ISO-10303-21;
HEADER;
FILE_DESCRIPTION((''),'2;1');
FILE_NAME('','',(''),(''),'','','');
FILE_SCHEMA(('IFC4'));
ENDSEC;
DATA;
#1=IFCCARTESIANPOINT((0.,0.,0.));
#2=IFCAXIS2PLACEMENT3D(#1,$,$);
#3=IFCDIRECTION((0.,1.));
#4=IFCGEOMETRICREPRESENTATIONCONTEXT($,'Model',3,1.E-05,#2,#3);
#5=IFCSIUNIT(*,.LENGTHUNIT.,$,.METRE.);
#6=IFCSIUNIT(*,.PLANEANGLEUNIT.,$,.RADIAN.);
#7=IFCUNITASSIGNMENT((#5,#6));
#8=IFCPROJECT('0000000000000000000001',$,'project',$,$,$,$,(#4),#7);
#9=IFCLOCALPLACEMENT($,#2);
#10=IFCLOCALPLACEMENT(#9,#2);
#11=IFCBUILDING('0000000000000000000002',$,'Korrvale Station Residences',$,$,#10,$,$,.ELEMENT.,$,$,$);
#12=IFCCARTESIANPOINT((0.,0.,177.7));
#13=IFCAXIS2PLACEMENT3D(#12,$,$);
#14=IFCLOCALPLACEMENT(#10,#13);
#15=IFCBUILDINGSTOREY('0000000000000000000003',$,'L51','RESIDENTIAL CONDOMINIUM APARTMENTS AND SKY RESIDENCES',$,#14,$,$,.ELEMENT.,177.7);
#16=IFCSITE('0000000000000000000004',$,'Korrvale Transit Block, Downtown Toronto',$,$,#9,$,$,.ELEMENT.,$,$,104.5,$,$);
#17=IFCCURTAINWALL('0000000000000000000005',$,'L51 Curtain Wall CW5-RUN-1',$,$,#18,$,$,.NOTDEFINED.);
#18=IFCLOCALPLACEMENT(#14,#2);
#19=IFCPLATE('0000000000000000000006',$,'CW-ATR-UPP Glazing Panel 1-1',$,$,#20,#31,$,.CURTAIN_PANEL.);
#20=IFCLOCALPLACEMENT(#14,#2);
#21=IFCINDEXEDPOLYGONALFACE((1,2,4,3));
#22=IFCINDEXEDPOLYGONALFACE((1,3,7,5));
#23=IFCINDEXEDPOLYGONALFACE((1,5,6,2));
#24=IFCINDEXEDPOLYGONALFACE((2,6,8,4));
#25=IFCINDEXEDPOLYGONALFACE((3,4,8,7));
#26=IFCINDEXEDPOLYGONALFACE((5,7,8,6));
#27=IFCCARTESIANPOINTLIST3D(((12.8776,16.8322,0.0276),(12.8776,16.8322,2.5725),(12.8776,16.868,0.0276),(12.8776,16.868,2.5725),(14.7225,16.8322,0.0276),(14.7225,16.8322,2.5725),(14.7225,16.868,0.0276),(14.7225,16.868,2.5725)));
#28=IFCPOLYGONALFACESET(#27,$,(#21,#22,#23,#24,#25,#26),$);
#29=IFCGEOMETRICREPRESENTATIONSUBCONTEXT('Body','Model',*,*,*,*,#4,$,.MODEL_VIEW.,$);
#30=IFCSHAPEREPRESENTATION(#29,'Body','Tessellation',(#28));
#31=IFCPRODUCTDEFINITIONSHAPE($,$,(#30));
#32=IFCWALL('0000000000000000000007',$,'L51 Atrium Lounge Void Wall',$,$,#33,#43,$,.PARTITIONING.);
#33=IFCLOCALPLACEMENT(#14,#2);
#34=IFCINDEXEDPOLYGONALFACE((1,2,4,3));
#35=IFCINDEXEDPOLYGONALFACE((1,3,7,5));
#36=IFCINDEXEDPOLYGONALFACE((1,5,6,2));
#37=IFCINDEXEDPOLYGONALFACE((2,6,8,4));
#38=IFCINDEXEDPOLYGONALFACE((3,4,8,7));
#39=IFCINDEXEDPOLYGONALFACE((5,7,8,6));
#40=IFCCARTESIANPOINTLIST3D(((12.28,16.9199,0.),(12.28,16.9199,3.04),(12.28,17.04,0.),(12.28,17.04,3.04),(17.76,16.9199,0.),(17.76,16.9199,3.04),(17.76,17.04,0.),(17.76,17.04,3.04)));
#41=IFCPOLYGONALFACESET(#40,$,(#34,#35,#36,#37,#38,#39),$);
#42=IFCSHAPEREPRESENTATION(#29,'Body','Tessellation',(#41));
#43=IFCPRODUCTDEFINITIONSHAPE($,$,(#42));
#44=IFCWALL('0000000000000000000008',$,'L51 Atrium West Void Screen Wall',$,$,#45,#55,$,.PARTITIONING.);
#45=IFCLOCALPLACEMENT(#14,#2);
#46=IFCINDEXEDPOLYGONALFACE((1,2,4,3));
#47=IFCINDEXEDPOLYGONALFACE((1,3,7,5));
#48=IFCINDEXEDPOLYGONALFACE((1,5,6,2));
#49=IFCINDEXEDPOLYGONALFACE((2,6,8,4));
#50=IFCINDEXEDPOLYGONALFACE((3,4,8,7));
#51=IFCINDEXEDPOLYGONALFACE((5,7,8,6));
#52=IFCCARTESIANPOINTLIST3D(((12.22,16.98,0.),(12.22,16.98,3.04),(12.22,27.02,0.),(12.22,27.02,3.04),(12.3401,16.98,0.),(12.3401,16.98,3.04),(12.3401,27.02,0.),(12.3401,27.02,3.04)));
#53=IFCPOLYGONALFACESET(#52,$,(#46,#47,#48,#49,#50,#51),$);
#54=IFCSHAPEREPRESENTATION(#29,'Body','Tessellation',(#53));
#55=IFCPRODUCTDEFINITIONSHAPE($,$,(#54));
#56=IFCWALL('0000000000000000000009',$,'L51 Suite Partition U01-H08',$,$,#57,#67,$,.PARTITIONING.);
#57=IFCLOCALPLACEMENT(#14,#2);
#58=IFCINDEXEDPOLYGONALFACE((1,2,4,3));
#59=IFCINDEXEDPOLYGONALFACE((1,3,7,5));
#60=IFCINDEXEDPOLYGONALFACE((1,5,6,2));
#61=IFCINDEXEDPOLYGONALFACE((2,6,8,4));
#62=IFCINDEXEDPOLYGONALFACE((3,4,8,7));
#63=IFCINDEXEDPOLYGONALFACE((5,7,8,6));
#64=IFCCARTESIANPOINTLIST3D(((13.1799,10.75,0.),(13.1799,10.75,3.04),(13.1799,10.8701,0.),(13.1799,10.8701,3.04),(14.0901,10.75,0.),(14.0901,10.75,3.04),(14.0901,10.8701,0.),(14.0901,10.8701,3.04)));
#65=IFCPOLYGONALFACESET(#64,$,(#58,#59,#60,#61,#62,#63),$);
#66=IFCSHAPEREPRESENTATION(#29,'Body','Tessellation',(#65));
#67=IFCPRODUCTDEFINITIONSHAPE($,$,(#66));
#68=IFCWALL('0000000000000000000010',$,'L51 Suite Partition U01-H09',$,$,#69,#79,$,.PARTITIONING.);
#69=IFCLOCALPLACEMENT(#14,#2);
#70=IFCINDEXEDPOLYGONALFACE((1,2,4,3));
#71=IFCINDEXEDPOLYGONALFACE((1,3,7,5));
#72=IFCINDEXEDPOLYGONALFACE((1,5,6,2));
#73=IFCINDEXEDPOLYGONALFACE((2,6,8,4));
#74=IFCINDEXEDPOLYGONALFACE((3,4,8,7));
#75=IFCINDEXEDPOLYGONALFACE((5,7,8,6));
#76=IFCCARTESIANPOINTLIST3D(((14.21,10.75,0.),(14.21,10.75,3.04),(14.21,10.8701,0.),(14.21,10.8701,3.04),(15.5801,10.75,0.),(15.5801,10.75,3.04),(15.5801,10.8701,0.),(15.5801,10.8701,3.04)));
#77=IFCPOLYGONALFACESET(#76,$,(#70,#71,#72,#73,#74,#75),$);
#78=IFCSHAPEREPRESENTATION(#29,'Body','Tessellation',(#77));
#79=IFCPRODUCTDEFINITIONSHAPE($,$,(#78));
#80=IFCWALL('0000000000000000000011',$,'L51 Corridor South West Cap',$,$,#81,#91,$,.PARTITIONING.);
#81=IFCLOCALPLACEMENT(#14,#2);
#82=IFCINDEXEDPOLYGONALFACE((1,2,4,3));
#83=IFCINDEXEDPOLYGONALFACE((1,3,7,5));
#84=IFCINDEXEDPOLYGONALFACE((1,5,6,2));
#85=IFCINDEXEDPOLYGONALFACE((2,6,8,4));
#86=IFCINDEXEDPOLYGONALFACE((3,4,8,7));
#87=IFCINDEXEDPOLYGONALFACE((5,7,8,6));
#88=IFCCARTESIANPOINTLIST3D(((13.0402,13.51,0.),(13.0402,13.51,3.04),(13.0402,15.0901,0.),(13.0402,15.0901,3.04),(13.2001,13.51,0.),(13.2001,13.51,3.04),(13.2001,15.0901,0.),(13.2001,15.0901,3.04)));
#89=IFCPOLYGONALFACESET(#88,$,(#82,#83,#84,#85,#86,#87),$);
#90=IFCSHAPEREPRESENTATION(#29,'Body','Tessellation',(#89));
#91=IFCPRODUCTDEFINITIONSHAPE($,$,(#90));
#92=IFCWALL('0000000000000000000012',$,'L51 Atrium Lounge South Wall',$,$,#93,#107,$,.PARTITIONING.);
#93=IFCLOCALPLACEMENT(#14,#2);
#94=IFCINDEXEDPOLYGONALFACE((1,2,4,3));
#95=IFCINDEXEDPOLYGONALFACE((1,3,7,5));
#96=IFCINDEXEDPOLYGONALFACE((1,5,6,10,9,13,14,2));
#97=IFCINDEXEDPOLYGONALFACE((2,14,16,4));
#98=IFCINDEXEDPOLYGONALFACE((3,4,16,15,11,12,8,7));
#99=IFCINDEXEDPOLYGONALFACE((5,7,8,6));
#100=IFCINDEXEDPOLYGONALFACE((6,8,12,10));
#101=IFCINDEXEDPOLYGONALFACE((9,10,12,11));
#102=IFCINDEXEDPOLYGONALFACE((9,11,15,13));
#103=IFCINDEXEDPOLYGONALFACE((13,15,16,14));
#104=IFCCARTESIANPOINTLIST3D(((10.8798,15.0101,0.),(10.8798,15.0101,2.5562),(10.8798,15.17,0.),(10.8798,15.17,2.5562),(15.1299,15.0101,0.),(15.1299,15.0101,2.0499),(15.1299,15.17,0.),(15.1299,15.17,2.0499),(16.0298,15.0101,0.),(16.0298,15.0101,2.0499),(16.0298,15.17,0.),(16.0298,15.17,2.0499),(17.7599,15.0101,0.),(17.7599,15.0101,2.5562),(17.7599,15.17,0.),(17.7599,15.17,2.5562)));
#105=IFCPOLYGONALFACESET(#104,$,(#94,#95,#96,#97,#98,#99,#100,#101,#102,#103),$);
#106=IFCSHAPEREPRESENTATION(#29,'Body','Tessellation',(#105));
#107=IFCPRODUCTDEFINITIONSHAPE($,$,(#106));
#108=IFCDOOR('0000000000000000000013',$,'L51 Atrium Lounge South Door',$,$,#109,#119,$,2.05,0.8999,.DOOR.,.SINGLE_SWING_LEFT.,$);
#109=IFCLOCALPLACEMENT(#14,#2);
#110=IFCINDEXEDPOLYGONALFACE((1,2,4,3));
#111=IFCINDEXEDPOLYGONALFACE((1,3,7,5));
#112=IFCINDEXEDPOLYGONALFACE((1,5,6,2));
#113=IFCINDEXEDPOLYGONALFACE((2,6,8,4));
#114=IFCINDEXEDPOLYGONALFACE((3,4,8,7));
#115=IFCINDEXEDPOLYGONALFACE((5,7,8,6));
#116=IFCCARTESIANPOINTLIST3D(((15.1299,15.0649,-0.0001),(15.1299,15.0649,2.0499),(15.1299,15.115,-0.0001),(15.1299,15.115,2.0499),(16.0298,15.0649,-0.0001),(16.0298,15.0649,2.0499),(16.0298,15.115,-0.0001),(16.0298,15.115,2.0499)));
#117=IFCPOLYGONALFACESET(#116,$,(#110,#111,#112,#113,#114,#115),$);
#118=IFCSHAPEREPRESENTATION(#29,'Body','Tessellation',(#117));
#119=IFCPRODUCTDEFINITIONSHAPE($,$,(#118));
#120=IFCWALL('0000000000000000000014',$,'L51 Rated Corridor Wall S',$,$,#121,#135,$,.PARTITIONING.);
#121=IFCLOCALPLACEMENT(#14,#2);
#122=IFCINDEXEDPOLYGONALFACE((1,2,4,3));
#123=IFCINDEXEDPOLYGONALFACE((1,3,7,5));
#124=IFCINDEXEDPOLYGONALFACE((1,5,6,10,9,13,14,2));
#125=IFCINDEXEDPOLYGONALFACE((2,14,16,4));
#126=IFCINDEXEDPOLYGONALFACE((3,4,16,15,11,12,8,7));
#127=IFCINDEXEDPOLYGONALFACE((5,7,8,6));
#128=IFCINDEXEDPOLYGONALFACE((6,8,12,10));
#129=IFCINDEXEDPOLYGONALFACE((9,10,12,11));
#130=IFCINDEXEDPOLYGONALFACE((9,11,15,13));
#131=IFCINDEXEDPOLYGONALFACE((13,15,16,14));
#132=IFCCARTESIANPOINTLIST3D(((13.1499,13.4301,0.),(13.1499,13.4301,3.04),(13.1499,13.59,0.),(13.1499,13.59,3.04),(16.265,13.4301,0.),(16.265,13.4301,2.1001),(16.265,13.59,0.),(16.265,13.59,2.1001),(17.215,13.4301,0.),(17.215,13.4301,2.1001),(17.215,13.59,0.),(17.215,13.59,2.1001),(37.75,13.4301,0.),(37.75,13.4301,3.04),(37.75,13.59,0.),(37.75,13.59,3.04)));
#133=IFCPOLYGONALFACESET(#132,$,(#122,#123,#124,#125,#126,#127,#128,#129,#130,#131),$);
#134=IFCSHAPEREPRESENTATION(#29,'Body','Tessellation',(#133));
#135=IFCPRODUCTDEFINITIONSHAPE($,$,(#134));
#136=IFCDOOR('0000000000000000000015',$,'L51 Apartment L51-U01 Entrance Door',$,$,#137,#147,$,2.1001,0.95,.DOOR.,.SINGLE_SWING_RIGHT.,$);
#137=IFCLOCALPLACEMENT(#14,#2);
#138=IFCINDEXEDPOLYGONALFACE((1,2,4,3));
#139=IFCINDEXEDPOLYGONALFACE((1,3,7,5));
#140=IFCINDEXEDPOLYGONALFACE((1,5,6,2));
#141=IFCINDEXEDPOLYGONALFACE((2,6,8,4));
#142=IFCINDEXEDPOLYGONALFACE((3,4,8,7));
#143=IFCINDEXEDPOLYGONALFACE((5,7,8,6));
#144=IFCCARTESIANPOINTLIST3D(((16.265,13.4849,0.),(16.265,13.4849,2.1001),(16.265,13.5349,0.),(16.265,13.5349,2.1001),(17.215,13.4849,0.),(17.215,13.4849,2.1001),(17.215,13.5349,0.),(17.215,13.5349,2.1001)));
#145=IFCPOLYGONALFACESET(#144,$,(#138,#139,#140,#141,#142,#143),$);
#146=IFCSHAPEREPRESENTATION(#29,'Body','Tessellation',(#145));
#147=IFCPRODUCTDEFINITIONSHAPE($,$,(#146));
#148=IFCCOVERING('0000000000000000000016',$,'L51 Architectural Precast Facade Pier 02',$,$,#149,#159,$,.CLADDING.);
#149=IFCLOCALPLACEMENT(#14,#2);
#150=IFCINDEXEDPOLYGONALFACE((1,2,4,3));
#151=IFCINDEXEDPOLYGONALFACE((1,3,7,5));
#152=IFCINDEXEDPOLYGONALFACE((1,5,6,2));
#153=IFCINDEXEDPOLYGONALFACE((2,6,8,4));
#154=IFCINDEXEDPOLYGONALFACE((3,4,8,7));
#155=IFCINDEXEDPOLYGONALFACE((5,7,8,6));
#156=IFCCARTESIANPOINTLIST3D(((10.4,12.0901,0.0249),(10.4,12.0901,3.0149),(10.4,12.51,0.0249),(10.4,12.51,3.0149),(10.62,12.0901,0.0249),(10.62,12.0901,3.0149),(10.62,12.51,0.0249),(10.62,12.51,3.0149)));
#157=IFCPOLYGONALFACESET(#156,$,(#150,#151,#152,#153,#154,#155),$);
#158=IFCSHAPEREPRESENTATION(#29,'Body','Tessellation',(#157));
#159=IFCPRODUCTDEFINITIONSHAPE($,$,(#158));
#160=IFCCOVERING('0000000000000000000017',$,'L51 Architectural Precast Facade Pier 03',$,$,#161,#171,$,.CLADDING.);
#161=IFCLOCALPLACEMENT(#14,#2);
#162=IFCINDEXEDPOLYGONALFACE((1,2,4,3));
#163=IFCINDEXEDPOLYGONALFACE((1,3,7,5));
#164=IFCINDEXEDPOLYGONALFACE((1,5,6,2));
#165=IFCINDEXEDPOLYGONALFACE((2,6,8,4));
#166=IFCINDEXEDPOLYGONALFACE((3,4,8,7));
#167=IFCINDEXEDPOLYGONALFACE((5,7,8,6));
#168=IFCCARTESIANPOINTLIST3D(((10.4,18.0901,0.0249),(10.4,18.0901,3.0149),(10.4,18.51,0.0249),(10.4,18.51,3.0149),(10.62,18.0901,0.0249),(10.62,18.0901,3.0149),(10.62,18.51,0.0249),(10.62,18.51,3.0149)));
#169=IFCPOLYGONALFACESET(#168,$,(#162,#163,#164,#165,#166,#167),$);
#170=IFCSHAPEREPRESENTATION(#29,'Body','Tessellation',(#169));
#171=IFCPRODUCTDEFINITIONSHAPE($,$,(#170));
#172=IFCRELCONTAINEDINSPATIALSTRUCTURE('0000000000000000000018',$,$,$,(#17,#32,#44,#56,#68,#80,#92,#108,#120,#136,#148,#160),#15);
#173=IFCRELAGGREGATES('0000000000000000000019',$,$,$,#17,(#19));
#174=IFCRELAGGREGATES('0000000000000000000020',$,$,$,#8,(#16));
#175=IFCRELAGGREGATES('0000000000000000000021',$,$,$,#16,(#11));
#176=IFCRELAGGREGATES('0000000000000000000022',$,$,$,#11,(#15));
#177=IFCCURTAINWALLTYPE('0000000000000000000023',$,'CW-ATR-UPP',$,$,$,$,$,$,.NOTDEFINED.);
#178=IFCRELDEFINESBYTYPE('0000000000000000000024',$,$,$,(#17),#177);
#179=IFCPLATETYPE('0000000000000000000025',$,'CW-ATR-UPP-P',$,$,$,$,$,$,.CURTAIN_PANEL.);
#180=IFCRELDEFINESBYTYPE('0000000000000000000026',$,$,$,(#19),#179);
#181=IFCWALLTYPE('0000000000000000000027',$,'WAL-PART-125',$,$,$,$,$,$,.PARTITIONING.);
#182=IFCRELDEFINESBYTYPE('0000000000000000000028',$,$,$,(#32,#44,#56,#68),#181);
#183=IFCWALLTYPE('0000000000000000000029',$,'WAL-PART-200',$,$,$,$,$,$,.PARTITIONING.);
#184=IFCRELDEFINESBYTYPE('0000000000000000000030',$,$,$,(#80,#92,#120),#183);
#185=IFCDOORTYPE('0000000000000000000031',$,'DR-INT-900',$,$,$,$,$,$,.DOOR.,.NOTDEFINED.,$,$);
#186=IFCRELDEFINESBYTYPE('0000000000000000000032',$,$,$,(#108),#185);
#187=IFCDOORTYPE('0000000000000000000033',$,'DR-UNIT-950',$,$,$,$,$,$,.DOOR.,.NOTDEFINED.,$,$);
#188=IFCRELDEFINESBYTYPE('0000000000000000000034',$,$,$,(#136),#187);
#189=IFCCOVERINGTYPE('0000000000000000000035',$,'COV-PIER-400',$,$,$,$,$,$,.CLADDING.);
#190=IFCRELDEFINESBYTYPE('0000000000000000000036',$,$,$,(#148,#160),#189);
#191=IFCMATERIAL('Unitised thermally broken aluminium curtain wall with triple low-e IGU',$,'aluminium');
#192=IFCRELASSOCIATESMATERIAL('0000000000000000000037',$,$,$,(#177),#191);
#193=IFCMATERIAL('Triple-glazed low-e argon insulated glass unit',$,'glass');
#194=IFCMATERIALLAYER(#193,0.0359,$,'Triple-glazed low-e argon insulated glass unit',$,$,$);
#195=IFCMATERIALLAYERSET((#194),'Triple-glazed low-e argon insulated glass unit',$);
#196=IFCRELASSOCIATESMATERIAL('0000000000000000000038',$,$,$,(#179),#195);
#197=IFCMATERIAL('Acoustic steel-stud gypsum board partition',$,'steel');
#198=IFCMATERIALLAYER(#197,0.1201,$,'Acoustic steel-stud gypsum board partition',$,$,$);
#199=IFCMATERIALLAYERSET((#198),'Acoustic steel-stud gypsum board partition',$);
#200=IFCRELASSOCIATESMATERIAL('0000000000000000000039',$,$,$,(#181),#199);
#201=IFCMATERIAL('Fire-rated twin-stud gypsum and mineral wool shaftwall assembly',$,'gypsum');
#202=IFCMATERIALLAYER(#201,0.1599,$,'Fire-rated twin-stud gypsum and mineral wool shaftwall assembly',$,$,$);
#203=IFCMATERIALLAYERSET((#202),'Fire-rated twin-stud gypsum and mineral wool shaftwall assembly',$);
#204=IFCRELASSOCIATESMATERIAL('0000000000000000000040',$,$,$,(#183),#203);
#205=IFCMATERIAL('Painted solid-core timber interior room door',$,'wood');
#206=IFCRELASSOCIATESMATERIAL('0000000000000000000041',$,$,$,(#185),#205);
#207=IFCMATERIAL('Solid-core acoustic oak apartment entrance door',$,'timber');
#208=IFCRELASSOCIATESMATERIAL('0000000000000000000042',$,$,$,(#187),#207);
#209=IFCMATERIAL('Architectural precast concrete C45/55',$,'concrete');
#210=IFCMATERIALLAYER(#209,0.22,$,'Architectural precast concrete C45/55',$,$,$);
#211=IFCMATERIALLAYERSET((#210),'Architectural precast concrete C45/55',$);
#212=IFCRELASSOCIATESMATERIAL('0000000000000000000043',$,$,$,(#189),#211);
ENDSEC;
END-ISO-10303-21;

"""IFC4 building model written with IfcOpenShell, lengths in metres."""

from ifc_helpers import new_model, si_unit, direction, frame, frame_2d, origin, origin_2d, place, context, subcontext, project, spatial, rectangle, extrude, material, layer, layer_set, type_object, element, fill, aggregate, save


model = new_model("IFC4")

# Units and contexts
model_context = context("Model", 3, precision=1e-05, world=origin(), true_north=direction((0.0, 1.0)))
body_context = subcontext(model_context, "Body", "Model", "MODEL_VIEW")
ifc_project = project(units=[si_unit("LENGTHUNIT", "METRE"), si_unit("PLANEANGLEUNIT", "RADIAN")], contexts=[model_context])

# Site, building, storey
site_placement = place(None, origin())
site = spatial("IfcSite", under=ifc_project, at=site_placement, Name="Korrvale Transit Block, Downtown Toronto", CompositionType="ELEMENT", RefElevation=104.5)
building_placement = place(site_placement, origin())
building = spatial("IfcBuilding", under=site, at=building_placement, Name="Korrvale Station Residences", CompositionType="ELEMENT")
storey_placement = place(building_placement, frame((0.0, 0.0, 177.7)))
storey = spatial("IfcBuildingStorey", under=building, at=storey_placement, Name="L51", Description="RESIDENTIAL CONDOMINIUM APARTMENTS AND SKY RESIDENCES", CompositionType="ELEMENT", Elevation=177.7)

# Curtain wall, plate
ifc_material_1 = material(Name="Unitised thermally broken aluminium curtain wall with triple low-e IGU", Category="aluminium")
curtain_wall_type = type_object("IfcCurtainWallType", Name="CW-ATR-UPP", PredefinedType="NOTDEFINED", material=ifc_material_1)
curtain_wall_placement = place(storey_placement, origin())
curtain_wall = element("IfcCurtainWall", 1, at=curtain_wall_placement, inside=storey, type_object=curtain_wall_type, Name="L51 Curtain Wall CW5-RUN-1", PredefinedType="NOTDEFINED")
ifc_material_2 = material(Name="Triple-glazed low-e argon insulated glass unit", Category="glass")
ifc_layer_1 = layer(ifc_material_2, 0.0359, Name="Triple-glazed low-e argon insulated glass unit")
ifc_layer_set_1 = layer_set([ifc_layer_1], Name="Triple-glazed low-e argon insulated glass unit")
plate_type = type_object("IfcPlateType", Name="CW-ATR-UPP-P", PredefinedType="CURTAIN_PANEL", material=ifc_layer_set_1)
plate_placement = place(storey_placement, frame((13.8, 16.8501, 0.0276), z_axis=(0.0, 0.0, 1.0), x_axis=(1.0, 0.0, 0.0)))
plate = element("IfcPlate", 2, at=plate_placement, type_object=plate_type, Name="CW-ATR-UPP Glazing Panel 1-1", PredefinedType="CURTAIN_PANEL", context=body_context, shape_type="SweptSolid", body=[
    extrude(rectangle(XDim=1.845, YDim=0.0359, at=origin_2d()), origin(), (0.0, 0.0, 1.0), 2.5449),
])
aggregate(curtain_wall, [plate])

# Walls
ifc_material_3 = material(Name="Acoustic steel-stud gypsum board partition", Category="steel")
ifc_layer_2 = layer(ifc_material_3, 0.1201, Name="Acoustic steel-stud gypsum board partition")
ifc_layer_set_2 = layer_set([ifc_layer_2], Name="Acoustic steel-stud gypsum board partition")
wall_type_1 = type_object("IfcWallType", Name="WAL-PART-125", PredefinedType="PARTITIONING", material=ifc_layer_set_2)
wall_1_placement = place(storey_placement, frame((12.28, 16.98, 0.0), z_axis=(0.0, 0.0, 1.0), x_axis=(1.0, 0.0, 0.0)))
element("IfcWall", 3, at=wall_1_placement, inside=storey, type_object=wall_type_1, Name="L51 Atrium Lounge Void Wall", PredefinedType="PARTITIONING", context=body_context, shape_type="SweptSolid", body=[
    extrude(rectangle(XDim=5.48, YDim=0.1201, at=frame_2d((2.74, 0.0))), origin(), (0.0, 0.0, 1.0), 3.04),
])
wall_2_placement = place(storey_placement, frame((12.28, 16.98, 0.0), z_axis=(0.0, 0.0, 1.0), x_axis=(0.0, 1.0, 0.0)))
element("IfcWall", 4, at=wall_2_placement, inside=storey, type_object=wall_type_1, Name="L51 Atrium West Void Screen Wall", PredefinedType="PARTITIONING", context=body_context, shape_type="SweptSolid", body=[
    extrude(rectangle(XDim=10.04, YDim=0.1201, at=frame_2d((5.02, 0.0))), origin(), (0.0, 0.0, 1.0), 3.04),
])
wall_3_placement = place(storey_placement, frame((13.1799, 10.8101, 0.0), z_axis=(0.0, 0.0, 1.0), x_axis=(1.0, 0.0, 0.0)))
element("IfcWall", 5, at=wall_3_placement, inside=storey, type_object=wall_type_1, Name="L51 Suite Partition U01-H08", PredefinedType="PARTITIONING", context=body_context, shape_type="SweptSolid", body=[
    extrude(rectangle(XDim=0.9102, YDim=0.1201, at=frame_2d((0.4551, 0.0))), origin(), (0.0, 0.0, 1.0), 3.04),
])
wall_4_placement = place(storey_placement, frame((14.21, 10.8101, 0.0), z_axis=(0.0, 0.0, 1.0), x_axis=(1.0, 0.0, 0.0)))
element("IfcWall", 6, at=wall_4_placement, inside=storey, type_object=wall_type_1, Name="L51 Suite Partition U01-H09", PredefinedType="PARTITIONING", context=body_context, shape_type="SweptSolid", body=[
    extrude(rectangle(XDim=1.3701, YDim=0.1201, at=frame_2d((0.6851, 0.0))), origin(), (0.0, 0.0, 1.0), 3.04),
])
ifc_material_4 = material(Name="Fire-rated twin-stud gypsum and mineral wool shaftwall assembly", Category="gypsum")
ifc_layer_3 = layer(ifc_material_4, 0.1599, Name="Fire-rated twin-stud gypsum and mineral wool shaftwall assembly")
ifc_layer_set_3 = layer_set([ifc_layer_3], Name="Fire-rated twin-stud gypsum and mineral wool shaftwall assembly")
wall_type_2 = type_object("IfcWallType", Name="WAL-PART-200", PredefinedType="PARTITIONING", material=ifc_layer_set_3)
wall_5_placement = place(storey_placement, frame((13.1201, 13.51, 0.0), z_axis=(0.0, 0.0, 1.0), x_axis=(0.0, 1.0, 0.0)))
element("IfcWall", 7, at=wall_5_placement, inside=storey, type_object=wall_type_2, Name="L51 Corridor South West Cap", PredefinedType="PARTITIONING", context=body_context, shape_type="SweptSolid", body=[
    extrude(rectangle(XDim=1.5801, YDim=0.1599, at=frame_2d((0.79, 0.0))), origin(), (0.0, 0.0, 1.0), 3.04),
])

# Walls, openings, doors
wall_6_placement = place(storey_placement, frame((10.8799, 15.0901, 0.0), z_axis=(0.0, 0.0, 1.0), x_axis=(1.0, 0.0, 0.0)))
wall_6 = element("IfcWall", 8, at=wall_6_placement, inside=storey, type_object=wall_type_2, Name="L51 Atrium Lounge South Wall", PredefinedType="PARTITIONING", context=body_context, shape_type="SweptSolid", body=[
    extrude(rectangle(XDim=6.8801, YDim=0.1599, at=frame_2d((3.4399, 0.0))), origin(), (0.0, 0.0, 1.0), 2.5562),
])
opening_1_placement = place(wall_6_placement, frame((4.25, 0.0, 0.0)))
opening_1 = element("IfcOpeningElement", 9, at=opening_1_placement, cuts=wall_6, PredefinedType="OPENING", context=body_context, shape_type="SweptSolid", body=[
    extrude(rectangle(XDim=0.8999, YDim=2.05, at=frame_2d((0.45, 1.0249))), frame((0.0, 0.0898, 0.0), z_axis=(0.0, -1.0, 0.0), x_axis=(1.0, 0.0, 0.0)), (0.0, 0.0, 1.0), 0.1799),
])
ifc_material_5 = material(Name="Painted solid-core timber interior room door", Category="wood")
door_type_1 = type_object("IfcDoorType", Name="DR-INT-900", OperationType="NOTDEFINED", PredefinedType="DOOR", material=ifc_material_5)
door_1_placement = place(opening_1_placement, origin())
door_1 = element("IfcDoor", 10, at=door_1_placement, inside=storey, type_object=door_type_1, Name="L51 Atrium Lounge South Door", OperationType="SINGLE_SWING_LEFT", OverallHeight=2.05, OverallWidth=0.8999, PredefinedType="DOOR", context=body_context, shape_type="SweptSolid", body=[
    extrude(rectangle(XDim=0.8999, YDim=2.05, at=frame_2d((0.45, 1.0249))), frame((0.0, 0.0249, 0.0), z_axis=(0.0, -1.0, 0.0), x_axis=(1.0, 0.0, 0.0)), (0.0, 0.0, 1.0), 0.05),
])
fill(opening_1, door_1)
wall_7_placement = place(storey_placement, frame((13.1499, 13.51, 0.0), z_axis=(0.0, 0.0, 1.0), x_axis=(1.0, 0.0, 0.0)))
wall_7 = element("IfcWall", 11, at=wall_7_placement, inside=storey, type_object=wall_type_2, Name="L51 Rated Corridor Wall S", PredefinedType="PARTITIONING", context=body_context, shape_type="SweptSolid", body=[
    extrude(rectangle(XDim=24.6001, YDim=0.1599, at=frame_2d((12.3, 0.0))), origin(), (0.0, 0.0, 1.0), 3.04),
])
opening_2_placement = place(wall_7_placement, frame((3.115, 0.0, 0.0)))
opening_2 = element("IfcOpeningElement", 12, at=opening_2_placement, cuts=wall_7, PredefinedType="OPENING", context=body_context, shape_type="SweptSolid", body=[
    extrude(rectangle(XDim=0.95, YDim=2.1001, at=frame_2d((0.4751, 1.05))), frame((0.0, 0.0898, 0.0), z_axis=(0.0, -1.0, 0.0), x_axis=(1.0, 0.0, 0.0)), (0.0, 0.0, 1.0), 0.1799),
])
ifc_material_6 = material(Name="Solid-core acoustic oak apartment entrance door", Category="timber")
door_type_2 = type_object("IfcDoorType", Name="DR-UNIT-950", OperationType="NOTDEFINED", PredefinedType="DOOR", material=ifc_material_6)
door_2_placement = place(opening_2_placement, origin())
door_2 = element("IfcDoor", 13, at=door_2_placement, inside=storey, type_object=door_type_2, Name="L51 Apartment L51-U01 Entrance Door", OperationType="SINGLE_SWING_RIGHT", OverallHeight=2.1001, OverallWidth=0.95, PredefinedType="DOOR", context=body_context, shape_type="SweptSolid", body=[
    extrude(rectangle(XDim=0.95, YDim=2.1001, at=frame_2d((0.4751, 1.05))), frame((0.0, 0.0249, 0.0), z_axis=(0.0, -1.0, 0.0), x_axis=(1.0, 0.0, 0.0)), (0.0, 0.0, 1.0), 0.05),
])
fill(opening_2, door_2)

# Coverings
ifc_material_7 = material(Name="Architectural precast concrete C45/55", Category="concrete")
ifc_layer_4 = layer(ifc_material_7, 0.22, Name="Architectural precast concrete C45/55")
ifc_layer_set_4 = layer_set([ifc_layer_4], Name="Architectural precast concrete C45/55")
covering_type = type_object("IfcCoveringType", Name="COV-PIER-400", PredefinedType="CLADDING", material=ifc_layer_set_4)
for number, where, z_axis, x_axis, name in (
    (14, (10.51, 12.3, 0.0249), (0.0, 0.0, 1.0), (0.0, 1.0, 0.0), "L51 Architectural Precast Facade Pier 02"),
    (15, (10.51, 18.3, 0.0249), (0.0, 0.0, 1.0), (0.0, 1.0, 0.0), "L51 Architectural Precast Facade Pier 03"),
):
    element("IfcCovering", number, at=place(storey_placement, frame(where, z_axis=z_axis, x_axis=x_axis)), inside=storey, type_object=covering_type, Name=name, PredefinedType="CLADDING", context=body_context, shape_type="SweptSolid", body=[
        extrude(rectangle(XDim=0.4199, YDim=0.22, at=origin_2d()), origin(), (0.0, 0.0, 1.0), 2.99),
    ])

save(model, "model.ifc")
